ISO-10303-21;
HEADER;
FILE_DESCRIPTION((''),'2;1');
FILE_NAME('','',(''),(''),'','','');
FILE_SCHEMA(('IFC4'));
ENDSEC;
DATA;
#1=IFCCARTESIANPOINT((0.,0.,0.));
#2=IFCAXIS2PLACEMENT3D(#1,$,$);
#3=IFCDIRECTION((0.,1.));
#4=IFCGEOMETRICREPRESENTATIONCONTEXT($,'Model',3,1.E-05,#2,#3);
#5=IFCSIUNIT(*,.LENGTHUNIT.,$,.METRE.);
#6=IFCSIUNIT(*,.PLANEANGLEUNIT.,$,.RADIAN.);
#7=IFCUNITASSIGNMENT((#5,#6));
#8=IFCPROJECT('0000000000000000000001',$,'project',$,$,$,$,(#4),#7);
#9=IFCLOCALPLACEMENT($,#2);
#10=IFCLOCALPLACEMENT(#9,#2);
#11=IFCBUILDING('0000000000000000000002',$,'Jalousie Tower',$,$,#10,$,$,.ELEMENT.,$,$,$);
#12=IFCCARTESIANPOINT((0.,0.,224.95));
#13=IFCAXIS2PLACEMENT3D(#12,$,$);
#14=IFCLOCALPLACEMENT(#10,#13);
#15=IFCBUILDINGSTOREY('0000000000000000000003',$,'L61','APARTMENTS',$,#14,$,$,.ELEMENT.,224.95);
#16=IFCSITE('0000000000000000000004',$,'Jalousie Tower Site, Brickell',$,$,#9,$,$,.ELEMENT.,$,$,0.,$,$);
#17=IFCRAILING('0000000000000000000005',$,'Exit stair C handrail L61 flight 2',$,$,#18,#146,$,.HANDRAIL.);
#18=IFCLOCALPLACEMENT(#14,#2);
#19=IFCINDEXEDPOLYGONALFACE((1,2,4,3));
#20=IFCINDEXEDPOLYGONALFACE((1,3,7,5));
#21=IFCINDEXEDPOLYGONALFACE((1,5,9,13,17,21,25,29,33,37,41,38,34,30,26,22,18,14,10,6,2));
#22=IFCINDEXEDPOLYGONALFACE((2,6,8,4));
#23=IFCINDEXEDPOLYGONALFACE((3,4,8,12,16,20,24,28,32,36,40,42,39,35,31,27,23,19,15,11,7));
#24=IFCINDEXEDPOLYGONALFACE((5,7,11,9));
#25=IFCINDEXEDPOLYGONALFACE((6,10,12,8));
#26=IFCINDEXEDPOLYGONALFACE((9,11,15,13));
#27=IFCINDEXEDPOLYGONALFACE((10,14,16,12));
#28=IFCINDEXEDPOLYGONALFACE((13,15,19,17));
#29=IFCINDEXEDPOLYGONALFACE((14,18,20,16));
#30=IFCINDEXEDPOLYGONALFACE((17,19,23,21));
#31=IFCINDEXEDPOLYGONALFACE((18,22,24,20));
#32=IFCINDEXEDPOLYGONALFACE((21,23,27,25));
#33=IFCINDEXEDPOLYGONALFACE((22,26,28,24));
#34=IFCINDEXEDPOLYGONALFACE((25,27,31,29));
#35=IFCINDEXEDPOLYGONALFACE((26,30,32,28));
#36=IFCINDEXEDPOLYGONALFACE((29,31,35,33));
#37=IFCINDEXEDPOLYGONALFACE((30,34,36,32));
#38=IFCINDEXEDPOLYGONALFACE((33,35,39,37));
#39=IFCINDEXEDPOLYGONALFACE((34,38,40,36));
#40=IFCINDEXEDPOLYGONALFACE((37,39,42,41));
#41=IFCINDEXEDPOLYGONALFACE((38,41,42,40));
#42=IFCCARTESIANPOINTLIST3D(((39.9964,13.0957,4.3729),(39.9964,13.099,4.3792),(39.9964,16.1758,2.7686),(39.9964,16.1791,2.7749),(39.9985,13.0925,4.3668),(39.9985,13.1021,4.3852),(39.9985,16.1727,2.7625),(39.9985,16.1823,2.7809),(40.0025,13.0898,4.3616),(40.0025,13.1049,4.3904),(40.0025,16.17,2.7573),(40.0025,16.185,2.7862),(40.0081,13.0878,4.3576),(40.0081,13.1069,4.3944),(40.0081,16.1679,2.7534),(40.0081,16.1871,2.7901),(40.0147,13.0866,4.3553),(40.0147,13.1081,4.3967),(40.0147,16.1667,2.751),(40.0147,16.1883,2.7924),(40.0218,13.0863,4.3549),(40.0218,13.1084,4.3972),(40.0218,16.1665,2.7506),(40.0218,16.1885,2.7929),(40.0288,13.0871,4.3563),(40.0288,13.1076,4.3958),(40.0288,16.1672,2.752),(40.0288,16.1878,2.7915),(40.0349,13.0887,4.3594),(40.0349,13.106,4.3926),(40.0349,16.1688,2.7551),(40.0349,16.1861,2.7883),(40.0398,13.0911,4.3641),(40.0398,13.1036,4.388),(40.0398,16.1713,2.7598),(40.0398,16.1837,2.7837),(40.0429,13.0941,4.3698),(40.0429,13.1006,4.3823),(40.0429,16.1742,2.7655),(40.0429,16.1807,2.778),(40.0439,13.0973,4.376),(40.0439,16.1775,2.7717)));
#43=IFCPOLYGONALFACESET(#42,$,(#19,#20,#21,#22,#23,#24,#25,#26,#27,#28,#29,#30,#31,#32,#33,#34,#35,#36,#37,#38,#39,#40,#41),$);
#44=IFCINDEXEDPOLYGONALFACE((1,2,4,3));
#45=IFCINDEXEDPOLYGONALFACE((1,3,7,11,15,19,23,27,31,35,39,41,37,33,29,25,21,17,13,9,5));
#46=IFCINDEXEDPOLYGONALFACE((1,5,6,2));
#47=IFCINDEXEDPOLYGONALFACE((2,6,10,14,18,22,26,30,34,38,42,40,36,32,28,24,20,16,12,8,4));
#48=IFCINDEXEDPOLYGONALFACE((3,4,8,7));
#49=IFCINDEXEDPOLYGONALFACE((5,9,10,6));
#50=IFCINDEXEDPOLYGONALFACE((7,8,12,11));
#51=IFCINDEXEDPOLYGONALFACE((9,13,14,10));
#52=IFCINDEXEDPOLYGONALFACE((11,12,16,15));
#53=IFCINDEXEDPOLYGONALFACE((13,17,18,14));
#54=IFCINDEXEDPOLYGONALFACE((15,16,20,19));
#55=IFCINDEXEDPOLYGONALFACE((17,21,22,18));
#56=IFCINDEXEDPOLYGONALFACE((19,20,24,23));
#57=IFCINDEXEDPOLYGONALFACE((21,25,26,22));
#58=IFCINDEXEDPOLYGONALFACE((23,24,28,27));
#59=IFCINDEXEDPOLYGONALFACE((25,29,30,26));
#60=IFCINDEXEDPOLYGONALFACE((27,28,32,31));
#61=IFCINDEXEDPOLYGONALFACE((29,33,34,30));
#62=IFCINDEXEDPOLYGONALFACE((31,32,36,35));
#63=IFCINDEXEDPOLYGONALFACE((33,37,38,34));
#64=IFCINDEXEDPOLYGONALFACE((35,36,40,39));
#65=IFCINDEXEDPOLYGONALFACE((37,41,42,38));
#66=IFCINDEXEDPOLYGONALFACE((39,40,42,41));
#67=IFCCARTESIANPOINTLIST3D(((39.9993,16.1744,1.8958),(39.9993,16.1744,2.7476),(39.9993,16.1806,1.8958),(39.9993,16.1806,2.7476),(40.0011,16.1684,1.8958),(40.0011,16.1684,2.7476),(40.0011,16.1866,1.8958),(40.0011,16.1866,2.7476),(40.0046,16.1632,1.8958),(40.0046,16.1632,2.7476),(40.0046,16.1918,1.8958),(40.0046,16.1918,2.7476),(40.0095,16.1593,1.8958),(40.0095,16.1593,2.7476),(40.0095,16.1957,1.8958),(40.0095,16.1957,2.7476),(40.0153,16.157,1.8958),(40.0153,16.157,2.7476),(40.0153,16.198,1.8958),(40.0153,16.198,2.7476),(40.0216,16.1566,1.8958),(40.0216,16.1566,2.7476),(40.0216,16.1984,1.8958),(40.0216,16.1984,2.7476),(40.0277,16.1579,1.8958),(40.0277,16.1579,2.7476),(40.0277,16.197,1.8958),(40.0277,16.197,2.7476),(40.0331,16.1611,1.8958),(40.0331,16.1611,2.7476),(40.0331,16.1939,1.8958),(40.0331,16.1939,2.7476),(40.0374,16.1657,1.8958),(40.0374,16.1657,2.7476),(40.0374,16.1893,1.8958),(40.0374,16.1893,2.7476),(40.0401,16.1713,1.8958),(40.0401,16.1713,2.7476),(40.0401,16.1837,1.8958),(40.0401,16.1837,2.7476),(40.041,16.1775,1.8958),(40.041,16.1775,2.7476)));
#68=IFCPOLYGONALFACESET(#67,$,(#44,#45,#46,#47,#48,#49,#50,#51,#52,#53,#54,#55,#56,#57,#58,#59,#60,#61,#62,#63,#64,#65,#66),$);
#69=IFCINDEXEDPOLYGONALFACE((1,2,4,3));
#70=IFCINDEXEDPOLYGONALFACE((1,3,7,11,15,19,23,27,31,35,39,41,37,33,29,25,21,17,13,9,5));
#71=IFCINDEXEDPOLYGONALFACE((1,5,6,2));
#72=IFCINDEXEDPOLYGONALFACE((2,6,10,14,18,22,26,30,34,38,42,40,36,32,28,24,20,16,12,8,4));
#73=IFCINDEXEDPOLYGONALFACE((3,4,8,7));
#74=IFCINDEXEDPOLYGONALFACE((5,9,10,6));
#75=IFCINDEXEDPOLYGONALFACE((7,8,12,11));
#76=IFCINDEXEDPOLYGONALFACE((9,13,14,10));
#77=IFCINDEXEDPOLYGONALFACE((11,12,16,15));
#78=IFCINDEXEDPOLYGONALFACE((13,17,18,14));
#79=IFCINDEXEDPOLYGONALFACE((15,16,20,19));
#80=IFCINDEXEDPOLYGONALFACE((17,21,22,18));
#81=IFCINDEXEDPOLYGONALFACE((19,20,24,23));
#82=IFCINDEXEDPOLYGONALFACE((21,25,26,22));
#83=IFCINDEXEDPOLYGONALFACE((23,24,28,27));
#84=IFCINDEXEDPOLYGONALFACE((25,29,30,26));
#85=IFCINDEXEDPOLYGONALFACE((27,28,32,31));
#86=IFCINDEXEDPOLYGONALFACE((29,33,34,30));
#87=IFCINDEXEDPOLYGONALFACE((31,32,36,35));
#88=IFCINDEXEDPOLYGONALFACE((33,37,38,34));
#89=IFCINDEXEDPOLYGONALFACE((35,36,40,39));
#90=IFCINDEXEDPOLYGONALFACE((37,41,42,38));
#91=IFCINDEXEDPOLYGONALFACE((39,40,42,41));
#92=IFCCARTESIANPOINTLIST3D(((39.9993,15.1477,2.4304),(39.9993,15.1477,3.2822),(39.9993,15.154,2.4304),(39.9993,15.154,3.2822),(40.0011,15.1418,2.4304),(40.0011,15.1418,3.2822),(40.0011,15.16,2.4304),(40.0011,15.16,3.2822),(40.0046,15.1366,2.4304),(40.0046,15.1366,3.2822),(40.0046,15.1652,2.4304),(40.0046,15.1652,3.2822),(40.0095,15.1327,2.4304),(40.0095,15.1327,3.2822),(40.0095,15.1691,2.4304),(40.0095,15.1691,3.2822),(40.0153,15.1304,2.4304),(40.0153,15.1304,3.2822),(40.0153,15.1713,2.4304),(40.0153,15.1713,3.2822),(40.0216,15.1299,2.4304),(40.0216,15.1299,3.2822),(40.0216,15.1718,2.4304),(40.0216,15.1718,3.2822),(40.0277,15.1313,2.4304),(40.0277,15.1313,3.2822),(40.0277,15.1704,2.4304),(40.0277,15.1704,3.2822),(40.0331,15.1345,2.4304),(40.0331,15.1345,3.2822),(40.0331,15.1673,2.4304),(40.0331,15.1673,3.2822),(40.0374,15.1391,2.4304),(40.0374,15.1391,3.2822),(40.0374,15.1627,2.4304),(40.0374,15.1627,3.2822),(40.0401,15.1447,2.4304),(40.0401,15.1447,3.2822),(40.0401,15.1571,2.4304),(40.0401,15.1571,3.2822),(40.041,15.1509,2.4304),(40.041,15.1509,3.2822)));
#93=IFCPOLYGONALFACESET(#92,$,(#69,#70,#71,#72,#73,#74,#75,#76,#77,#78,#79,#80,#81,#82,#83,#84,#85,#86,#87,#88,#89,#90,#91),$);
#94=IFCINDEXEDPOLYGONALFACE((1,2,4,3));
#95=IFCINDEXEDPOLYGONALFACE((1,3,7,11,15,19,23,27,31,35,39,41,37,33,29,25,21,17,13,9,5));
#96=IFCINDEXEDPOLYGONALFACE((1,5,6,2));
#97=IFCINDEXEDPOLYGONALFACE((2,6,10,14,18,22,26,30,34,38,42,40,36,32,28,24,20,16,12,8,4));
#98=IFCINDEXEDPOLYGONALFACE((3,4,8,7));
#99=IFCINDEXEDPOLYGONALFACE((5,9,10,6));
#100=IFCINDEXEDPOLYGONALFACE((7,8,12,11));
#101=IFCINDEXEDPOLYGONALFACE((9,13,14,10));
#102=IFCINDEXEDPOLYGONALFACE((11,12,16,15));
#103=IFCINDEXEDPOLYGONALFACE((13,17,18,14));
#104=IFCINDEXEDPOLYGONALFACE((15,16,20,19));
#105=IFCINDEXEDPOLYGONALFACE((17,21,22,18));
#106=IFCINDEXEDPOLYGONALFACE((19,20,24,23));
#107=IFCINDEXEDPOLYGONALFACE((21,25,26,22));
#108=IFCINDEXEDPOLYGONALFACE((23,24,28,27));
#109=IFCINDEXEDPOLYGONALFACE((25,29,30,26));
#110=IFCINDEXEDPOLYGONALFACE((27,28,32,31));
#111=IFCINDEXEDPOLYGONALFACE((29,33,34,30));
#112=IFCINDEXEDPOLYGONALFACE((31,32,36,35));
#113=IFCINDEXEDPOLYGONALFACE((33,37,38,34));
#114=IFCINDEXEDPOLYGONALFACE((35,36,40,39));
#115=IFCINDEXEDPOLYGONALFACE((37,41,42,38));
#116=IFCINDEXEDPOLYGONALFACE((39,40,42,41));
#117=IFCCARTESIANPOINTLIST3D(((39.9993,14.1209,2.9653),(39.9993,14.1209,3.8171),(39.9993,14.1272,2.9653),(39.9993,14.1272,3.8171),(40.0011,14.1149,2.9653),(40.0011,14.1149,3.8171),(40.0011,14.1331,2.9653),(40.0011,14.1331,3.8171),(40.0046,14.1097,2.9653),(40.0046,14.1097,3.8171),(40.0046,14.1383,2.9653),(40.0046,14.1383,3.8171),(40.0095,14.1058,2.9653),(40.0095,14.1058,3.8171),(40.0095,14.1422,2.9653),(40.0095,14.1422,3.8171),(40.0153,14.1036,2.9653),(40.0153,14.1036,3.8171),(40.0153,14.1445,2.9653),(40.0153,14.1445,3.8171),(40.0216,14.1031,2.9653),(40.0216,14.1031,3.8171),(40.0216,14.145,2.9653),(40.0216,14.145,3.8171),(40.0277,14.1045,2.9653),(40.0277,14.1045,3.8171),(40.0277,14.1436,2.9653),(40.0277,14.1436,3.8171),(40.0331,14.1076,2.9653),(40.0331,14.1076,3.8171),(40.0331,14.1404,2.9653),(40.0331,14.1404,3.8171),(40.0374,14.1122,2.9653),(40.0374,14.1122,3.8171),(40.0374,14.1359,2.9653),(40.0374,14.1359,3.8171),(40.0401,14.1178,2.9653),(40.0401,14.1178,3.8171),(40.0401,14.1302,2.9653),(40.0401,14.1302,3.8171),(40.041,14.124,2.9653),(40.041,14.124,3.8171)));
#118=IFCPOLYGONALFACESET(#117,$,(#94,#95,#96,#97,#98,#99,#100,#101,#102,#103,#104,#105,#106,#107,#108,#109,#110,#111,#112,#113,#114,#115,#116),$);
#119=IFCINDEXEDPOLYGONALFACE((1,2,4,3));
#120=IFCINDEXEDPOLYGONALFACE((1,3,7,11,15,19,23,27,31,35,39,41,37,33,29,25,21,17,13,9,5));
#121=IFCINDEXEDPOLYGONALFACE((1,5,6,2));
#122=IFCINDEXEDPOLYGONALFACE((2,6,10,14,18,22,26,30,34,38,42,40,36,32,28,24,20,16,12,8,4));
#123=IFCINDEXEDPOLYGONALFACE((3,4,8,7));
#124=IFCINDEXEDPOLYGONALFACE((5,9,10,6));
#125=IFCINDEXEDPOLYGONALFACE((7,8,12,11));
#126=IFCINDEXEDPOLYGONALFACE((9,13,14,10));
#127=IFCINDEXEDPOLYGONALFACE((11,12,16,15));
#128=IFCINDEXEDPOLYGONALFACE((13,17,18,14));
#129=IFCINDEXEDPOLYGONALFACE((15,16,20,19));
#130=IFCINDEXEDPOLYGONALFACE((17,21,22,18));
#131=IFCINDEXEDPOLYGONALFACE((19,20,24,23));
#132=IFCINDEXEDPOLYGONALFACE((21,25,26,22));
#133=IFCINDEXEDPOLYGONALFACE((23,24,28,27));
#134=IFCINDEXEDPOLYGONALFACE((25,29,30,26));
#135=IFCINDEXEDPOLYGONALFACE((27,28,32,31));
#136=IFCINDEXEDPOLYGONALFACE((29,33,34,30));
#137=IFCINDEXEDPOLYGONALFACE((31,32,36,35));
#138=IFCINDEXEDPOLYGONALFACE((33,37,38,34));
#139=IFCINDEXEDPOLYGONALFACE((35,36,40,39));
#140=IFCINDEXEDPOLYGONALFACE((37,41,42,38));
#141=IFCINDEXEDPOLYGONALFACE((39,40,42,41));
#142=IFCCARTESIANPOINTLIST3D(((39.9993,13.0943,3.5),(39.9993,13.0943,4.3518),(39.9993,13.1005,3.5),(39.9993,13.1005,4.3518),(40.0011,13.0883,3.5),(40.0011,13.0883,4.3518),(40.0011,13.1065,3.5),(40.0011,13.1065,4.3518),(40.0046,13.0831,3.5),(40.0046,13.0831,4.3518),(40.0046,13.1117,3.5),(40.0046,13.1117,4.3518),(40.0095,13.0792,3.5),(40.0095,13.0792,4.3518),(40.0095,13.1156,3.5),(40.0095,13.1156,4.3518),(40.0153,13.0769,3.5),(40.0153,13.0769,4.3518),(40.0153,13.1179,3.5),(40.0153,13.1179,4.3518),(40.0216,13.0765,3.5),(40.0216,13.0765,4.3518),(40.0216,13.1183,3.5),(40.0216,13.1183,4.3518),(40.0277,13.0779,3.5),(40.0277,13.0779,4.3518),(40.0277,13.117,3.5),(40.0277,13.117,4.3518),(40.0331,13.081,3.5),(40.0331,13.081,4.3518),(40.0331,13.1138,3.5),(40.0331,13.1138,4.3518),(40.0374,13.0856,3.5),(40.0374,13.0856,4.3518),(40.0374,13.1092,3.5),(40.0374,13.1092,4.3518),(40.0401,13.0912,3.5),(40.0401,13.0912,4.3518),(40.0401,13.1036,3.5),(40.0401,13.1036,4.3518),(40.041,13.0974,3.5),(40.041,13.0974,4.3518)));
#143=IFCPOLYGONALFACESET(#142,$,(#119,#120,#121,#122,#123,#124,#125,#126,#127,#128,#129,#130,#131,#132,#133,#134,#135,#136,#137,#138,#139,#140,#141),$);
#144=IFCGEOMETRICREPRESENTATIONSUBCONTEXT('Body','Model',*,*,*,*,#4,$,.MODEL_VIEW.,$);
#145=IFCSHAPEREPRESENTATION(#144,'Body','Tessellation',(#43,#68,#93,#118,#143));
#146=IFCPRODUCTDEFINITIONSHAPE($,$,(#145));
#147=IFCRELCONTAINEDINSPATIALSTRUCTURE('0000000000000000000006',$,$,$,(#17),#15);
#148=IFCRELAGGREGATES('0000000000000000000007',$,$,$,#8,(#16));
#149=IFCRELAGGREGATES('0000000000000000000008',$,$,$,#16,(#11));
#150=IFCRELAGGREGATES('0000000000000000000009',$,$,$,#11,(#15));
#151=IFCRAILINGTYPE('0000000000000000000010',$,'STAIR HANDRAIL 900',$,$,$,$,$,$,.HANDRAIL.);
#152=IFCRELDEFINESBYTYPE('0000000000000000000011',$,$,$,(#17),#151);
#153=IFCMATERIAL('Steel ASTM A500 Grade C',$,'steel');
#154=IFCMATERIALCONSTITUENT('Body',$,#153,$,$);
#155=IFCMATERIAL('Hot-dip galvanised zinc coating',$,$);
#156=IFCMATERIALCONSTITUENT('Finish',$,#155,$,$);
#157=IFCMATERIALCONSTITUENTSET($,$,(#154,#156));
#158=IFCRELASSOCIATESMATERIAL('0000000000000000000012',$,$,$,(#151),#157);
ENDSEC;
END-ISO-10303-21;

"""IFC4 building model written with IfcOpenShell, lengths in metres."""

from ifc_helpers import new_model, si_unit, direction, frame, origin, origin_2d, place, context, subcontext, project, spatial, circle, extrude, material, constituent, constituent_set, type_object, element, save


model = new_model("IFC4")

# Units and contexts
model_context = context("Model", 3, precision=1e-05, world=origin(), true_north=direction((0.0, 1.0)))
body_context = subcontext(model_context, "Body", "Model", "MODEL_VIEW")
ifc_project = project(units=[si_unit("LENGTHUNIT", "METRE"), si_unit("PLANEANGLEUNIT", "RADIAN")], contexts=[model_context])

# Site, building, storey
site_placement = place(None, origin())
site = spatial("IfcSite", under=ifc_project, at=site_placement, Name="Jalousie Tower Site, Brickell", CompositionType="ELEMENT", RefElevation=0.0)
building_placement = place(site_placement, origin())
building = spatial("IfcBuilding", under=site, at=building_placement, Name="Jalousie Tower", CompositionType="ELEMENT")
storey_placement = place(building_placement, frame((0.0, 0.0, 224.95)))
storey = spatial("IfcBuildingStorey", under=building, at=storey_placement, Name="L61", Description="APARTMENTS", CompositionType="ELEMENT", Elevation=224.95)

# Railing
ifc_material_1 = material(Name="Steel ASTM A500 Grade C", Category="steel")
ifc_constituent_1 = constituent(ifc_material_1, Name="Body")
ifc_material_2 = material(Name="Hot-dip galvanised zinc coating")
ifc_constituent_2 = constituent(ifc_material_2, Name="Finish")
ifc_constituent_set_1 = constituent_set(constituents=[ifc_constituent_1, ifc_constituent_2])
railing_type_1 = type_object("IfcRailingType", Name="STAIR HANDRAIL 900", PredefinedType="HANDRAIL", material=ifc_constituent_set_1)
railing_1_placement = place(storey_placement, frame((40.02, 16.1775, 1.8958)))
element("IfcRailing", 1, at=railing_1_placement, inside=storey, type_object=railing_type_1, Name="Exit stair C handrail L61 flight 2", PredefinedType="HANDRAIL", context=body_context, shape_type="SweptSolid", body=[
    extrude(circle(Radius=0.0239, at=origin_2d()), frame((0.0, 0.0, 0.876), z_axis=(0.0, -0.886909, 0.461944), x_axis=(1.0, 0.0, 0.0)), (0.0, 0.0, 1.0), 3.4729),
    extrude(circle(Radius=0.021, at=origin_2d()), origin(), (0.0, 0.0, 1.0), 0.8518),
    extrude(circle(Radius=0.021, at=origin_2d()), frame((0.0, -1.0266, 0.5347)), (0.0, 0.0, 1.0), 0.8518),
    extrude(circle(Radius=0.021, at=origin_2d()), frame((0.0, -2.0535, 1.0696)), (0.0, 0.0, 1.0), 0.8518),
    extrude(circle(Radius=0.021, at=origin_2d()), frame((0.0, -3.0801, 1.6042)), (0.0, 0.0, 1.0), 0.8518),
])

save(model, "model.ifc")
